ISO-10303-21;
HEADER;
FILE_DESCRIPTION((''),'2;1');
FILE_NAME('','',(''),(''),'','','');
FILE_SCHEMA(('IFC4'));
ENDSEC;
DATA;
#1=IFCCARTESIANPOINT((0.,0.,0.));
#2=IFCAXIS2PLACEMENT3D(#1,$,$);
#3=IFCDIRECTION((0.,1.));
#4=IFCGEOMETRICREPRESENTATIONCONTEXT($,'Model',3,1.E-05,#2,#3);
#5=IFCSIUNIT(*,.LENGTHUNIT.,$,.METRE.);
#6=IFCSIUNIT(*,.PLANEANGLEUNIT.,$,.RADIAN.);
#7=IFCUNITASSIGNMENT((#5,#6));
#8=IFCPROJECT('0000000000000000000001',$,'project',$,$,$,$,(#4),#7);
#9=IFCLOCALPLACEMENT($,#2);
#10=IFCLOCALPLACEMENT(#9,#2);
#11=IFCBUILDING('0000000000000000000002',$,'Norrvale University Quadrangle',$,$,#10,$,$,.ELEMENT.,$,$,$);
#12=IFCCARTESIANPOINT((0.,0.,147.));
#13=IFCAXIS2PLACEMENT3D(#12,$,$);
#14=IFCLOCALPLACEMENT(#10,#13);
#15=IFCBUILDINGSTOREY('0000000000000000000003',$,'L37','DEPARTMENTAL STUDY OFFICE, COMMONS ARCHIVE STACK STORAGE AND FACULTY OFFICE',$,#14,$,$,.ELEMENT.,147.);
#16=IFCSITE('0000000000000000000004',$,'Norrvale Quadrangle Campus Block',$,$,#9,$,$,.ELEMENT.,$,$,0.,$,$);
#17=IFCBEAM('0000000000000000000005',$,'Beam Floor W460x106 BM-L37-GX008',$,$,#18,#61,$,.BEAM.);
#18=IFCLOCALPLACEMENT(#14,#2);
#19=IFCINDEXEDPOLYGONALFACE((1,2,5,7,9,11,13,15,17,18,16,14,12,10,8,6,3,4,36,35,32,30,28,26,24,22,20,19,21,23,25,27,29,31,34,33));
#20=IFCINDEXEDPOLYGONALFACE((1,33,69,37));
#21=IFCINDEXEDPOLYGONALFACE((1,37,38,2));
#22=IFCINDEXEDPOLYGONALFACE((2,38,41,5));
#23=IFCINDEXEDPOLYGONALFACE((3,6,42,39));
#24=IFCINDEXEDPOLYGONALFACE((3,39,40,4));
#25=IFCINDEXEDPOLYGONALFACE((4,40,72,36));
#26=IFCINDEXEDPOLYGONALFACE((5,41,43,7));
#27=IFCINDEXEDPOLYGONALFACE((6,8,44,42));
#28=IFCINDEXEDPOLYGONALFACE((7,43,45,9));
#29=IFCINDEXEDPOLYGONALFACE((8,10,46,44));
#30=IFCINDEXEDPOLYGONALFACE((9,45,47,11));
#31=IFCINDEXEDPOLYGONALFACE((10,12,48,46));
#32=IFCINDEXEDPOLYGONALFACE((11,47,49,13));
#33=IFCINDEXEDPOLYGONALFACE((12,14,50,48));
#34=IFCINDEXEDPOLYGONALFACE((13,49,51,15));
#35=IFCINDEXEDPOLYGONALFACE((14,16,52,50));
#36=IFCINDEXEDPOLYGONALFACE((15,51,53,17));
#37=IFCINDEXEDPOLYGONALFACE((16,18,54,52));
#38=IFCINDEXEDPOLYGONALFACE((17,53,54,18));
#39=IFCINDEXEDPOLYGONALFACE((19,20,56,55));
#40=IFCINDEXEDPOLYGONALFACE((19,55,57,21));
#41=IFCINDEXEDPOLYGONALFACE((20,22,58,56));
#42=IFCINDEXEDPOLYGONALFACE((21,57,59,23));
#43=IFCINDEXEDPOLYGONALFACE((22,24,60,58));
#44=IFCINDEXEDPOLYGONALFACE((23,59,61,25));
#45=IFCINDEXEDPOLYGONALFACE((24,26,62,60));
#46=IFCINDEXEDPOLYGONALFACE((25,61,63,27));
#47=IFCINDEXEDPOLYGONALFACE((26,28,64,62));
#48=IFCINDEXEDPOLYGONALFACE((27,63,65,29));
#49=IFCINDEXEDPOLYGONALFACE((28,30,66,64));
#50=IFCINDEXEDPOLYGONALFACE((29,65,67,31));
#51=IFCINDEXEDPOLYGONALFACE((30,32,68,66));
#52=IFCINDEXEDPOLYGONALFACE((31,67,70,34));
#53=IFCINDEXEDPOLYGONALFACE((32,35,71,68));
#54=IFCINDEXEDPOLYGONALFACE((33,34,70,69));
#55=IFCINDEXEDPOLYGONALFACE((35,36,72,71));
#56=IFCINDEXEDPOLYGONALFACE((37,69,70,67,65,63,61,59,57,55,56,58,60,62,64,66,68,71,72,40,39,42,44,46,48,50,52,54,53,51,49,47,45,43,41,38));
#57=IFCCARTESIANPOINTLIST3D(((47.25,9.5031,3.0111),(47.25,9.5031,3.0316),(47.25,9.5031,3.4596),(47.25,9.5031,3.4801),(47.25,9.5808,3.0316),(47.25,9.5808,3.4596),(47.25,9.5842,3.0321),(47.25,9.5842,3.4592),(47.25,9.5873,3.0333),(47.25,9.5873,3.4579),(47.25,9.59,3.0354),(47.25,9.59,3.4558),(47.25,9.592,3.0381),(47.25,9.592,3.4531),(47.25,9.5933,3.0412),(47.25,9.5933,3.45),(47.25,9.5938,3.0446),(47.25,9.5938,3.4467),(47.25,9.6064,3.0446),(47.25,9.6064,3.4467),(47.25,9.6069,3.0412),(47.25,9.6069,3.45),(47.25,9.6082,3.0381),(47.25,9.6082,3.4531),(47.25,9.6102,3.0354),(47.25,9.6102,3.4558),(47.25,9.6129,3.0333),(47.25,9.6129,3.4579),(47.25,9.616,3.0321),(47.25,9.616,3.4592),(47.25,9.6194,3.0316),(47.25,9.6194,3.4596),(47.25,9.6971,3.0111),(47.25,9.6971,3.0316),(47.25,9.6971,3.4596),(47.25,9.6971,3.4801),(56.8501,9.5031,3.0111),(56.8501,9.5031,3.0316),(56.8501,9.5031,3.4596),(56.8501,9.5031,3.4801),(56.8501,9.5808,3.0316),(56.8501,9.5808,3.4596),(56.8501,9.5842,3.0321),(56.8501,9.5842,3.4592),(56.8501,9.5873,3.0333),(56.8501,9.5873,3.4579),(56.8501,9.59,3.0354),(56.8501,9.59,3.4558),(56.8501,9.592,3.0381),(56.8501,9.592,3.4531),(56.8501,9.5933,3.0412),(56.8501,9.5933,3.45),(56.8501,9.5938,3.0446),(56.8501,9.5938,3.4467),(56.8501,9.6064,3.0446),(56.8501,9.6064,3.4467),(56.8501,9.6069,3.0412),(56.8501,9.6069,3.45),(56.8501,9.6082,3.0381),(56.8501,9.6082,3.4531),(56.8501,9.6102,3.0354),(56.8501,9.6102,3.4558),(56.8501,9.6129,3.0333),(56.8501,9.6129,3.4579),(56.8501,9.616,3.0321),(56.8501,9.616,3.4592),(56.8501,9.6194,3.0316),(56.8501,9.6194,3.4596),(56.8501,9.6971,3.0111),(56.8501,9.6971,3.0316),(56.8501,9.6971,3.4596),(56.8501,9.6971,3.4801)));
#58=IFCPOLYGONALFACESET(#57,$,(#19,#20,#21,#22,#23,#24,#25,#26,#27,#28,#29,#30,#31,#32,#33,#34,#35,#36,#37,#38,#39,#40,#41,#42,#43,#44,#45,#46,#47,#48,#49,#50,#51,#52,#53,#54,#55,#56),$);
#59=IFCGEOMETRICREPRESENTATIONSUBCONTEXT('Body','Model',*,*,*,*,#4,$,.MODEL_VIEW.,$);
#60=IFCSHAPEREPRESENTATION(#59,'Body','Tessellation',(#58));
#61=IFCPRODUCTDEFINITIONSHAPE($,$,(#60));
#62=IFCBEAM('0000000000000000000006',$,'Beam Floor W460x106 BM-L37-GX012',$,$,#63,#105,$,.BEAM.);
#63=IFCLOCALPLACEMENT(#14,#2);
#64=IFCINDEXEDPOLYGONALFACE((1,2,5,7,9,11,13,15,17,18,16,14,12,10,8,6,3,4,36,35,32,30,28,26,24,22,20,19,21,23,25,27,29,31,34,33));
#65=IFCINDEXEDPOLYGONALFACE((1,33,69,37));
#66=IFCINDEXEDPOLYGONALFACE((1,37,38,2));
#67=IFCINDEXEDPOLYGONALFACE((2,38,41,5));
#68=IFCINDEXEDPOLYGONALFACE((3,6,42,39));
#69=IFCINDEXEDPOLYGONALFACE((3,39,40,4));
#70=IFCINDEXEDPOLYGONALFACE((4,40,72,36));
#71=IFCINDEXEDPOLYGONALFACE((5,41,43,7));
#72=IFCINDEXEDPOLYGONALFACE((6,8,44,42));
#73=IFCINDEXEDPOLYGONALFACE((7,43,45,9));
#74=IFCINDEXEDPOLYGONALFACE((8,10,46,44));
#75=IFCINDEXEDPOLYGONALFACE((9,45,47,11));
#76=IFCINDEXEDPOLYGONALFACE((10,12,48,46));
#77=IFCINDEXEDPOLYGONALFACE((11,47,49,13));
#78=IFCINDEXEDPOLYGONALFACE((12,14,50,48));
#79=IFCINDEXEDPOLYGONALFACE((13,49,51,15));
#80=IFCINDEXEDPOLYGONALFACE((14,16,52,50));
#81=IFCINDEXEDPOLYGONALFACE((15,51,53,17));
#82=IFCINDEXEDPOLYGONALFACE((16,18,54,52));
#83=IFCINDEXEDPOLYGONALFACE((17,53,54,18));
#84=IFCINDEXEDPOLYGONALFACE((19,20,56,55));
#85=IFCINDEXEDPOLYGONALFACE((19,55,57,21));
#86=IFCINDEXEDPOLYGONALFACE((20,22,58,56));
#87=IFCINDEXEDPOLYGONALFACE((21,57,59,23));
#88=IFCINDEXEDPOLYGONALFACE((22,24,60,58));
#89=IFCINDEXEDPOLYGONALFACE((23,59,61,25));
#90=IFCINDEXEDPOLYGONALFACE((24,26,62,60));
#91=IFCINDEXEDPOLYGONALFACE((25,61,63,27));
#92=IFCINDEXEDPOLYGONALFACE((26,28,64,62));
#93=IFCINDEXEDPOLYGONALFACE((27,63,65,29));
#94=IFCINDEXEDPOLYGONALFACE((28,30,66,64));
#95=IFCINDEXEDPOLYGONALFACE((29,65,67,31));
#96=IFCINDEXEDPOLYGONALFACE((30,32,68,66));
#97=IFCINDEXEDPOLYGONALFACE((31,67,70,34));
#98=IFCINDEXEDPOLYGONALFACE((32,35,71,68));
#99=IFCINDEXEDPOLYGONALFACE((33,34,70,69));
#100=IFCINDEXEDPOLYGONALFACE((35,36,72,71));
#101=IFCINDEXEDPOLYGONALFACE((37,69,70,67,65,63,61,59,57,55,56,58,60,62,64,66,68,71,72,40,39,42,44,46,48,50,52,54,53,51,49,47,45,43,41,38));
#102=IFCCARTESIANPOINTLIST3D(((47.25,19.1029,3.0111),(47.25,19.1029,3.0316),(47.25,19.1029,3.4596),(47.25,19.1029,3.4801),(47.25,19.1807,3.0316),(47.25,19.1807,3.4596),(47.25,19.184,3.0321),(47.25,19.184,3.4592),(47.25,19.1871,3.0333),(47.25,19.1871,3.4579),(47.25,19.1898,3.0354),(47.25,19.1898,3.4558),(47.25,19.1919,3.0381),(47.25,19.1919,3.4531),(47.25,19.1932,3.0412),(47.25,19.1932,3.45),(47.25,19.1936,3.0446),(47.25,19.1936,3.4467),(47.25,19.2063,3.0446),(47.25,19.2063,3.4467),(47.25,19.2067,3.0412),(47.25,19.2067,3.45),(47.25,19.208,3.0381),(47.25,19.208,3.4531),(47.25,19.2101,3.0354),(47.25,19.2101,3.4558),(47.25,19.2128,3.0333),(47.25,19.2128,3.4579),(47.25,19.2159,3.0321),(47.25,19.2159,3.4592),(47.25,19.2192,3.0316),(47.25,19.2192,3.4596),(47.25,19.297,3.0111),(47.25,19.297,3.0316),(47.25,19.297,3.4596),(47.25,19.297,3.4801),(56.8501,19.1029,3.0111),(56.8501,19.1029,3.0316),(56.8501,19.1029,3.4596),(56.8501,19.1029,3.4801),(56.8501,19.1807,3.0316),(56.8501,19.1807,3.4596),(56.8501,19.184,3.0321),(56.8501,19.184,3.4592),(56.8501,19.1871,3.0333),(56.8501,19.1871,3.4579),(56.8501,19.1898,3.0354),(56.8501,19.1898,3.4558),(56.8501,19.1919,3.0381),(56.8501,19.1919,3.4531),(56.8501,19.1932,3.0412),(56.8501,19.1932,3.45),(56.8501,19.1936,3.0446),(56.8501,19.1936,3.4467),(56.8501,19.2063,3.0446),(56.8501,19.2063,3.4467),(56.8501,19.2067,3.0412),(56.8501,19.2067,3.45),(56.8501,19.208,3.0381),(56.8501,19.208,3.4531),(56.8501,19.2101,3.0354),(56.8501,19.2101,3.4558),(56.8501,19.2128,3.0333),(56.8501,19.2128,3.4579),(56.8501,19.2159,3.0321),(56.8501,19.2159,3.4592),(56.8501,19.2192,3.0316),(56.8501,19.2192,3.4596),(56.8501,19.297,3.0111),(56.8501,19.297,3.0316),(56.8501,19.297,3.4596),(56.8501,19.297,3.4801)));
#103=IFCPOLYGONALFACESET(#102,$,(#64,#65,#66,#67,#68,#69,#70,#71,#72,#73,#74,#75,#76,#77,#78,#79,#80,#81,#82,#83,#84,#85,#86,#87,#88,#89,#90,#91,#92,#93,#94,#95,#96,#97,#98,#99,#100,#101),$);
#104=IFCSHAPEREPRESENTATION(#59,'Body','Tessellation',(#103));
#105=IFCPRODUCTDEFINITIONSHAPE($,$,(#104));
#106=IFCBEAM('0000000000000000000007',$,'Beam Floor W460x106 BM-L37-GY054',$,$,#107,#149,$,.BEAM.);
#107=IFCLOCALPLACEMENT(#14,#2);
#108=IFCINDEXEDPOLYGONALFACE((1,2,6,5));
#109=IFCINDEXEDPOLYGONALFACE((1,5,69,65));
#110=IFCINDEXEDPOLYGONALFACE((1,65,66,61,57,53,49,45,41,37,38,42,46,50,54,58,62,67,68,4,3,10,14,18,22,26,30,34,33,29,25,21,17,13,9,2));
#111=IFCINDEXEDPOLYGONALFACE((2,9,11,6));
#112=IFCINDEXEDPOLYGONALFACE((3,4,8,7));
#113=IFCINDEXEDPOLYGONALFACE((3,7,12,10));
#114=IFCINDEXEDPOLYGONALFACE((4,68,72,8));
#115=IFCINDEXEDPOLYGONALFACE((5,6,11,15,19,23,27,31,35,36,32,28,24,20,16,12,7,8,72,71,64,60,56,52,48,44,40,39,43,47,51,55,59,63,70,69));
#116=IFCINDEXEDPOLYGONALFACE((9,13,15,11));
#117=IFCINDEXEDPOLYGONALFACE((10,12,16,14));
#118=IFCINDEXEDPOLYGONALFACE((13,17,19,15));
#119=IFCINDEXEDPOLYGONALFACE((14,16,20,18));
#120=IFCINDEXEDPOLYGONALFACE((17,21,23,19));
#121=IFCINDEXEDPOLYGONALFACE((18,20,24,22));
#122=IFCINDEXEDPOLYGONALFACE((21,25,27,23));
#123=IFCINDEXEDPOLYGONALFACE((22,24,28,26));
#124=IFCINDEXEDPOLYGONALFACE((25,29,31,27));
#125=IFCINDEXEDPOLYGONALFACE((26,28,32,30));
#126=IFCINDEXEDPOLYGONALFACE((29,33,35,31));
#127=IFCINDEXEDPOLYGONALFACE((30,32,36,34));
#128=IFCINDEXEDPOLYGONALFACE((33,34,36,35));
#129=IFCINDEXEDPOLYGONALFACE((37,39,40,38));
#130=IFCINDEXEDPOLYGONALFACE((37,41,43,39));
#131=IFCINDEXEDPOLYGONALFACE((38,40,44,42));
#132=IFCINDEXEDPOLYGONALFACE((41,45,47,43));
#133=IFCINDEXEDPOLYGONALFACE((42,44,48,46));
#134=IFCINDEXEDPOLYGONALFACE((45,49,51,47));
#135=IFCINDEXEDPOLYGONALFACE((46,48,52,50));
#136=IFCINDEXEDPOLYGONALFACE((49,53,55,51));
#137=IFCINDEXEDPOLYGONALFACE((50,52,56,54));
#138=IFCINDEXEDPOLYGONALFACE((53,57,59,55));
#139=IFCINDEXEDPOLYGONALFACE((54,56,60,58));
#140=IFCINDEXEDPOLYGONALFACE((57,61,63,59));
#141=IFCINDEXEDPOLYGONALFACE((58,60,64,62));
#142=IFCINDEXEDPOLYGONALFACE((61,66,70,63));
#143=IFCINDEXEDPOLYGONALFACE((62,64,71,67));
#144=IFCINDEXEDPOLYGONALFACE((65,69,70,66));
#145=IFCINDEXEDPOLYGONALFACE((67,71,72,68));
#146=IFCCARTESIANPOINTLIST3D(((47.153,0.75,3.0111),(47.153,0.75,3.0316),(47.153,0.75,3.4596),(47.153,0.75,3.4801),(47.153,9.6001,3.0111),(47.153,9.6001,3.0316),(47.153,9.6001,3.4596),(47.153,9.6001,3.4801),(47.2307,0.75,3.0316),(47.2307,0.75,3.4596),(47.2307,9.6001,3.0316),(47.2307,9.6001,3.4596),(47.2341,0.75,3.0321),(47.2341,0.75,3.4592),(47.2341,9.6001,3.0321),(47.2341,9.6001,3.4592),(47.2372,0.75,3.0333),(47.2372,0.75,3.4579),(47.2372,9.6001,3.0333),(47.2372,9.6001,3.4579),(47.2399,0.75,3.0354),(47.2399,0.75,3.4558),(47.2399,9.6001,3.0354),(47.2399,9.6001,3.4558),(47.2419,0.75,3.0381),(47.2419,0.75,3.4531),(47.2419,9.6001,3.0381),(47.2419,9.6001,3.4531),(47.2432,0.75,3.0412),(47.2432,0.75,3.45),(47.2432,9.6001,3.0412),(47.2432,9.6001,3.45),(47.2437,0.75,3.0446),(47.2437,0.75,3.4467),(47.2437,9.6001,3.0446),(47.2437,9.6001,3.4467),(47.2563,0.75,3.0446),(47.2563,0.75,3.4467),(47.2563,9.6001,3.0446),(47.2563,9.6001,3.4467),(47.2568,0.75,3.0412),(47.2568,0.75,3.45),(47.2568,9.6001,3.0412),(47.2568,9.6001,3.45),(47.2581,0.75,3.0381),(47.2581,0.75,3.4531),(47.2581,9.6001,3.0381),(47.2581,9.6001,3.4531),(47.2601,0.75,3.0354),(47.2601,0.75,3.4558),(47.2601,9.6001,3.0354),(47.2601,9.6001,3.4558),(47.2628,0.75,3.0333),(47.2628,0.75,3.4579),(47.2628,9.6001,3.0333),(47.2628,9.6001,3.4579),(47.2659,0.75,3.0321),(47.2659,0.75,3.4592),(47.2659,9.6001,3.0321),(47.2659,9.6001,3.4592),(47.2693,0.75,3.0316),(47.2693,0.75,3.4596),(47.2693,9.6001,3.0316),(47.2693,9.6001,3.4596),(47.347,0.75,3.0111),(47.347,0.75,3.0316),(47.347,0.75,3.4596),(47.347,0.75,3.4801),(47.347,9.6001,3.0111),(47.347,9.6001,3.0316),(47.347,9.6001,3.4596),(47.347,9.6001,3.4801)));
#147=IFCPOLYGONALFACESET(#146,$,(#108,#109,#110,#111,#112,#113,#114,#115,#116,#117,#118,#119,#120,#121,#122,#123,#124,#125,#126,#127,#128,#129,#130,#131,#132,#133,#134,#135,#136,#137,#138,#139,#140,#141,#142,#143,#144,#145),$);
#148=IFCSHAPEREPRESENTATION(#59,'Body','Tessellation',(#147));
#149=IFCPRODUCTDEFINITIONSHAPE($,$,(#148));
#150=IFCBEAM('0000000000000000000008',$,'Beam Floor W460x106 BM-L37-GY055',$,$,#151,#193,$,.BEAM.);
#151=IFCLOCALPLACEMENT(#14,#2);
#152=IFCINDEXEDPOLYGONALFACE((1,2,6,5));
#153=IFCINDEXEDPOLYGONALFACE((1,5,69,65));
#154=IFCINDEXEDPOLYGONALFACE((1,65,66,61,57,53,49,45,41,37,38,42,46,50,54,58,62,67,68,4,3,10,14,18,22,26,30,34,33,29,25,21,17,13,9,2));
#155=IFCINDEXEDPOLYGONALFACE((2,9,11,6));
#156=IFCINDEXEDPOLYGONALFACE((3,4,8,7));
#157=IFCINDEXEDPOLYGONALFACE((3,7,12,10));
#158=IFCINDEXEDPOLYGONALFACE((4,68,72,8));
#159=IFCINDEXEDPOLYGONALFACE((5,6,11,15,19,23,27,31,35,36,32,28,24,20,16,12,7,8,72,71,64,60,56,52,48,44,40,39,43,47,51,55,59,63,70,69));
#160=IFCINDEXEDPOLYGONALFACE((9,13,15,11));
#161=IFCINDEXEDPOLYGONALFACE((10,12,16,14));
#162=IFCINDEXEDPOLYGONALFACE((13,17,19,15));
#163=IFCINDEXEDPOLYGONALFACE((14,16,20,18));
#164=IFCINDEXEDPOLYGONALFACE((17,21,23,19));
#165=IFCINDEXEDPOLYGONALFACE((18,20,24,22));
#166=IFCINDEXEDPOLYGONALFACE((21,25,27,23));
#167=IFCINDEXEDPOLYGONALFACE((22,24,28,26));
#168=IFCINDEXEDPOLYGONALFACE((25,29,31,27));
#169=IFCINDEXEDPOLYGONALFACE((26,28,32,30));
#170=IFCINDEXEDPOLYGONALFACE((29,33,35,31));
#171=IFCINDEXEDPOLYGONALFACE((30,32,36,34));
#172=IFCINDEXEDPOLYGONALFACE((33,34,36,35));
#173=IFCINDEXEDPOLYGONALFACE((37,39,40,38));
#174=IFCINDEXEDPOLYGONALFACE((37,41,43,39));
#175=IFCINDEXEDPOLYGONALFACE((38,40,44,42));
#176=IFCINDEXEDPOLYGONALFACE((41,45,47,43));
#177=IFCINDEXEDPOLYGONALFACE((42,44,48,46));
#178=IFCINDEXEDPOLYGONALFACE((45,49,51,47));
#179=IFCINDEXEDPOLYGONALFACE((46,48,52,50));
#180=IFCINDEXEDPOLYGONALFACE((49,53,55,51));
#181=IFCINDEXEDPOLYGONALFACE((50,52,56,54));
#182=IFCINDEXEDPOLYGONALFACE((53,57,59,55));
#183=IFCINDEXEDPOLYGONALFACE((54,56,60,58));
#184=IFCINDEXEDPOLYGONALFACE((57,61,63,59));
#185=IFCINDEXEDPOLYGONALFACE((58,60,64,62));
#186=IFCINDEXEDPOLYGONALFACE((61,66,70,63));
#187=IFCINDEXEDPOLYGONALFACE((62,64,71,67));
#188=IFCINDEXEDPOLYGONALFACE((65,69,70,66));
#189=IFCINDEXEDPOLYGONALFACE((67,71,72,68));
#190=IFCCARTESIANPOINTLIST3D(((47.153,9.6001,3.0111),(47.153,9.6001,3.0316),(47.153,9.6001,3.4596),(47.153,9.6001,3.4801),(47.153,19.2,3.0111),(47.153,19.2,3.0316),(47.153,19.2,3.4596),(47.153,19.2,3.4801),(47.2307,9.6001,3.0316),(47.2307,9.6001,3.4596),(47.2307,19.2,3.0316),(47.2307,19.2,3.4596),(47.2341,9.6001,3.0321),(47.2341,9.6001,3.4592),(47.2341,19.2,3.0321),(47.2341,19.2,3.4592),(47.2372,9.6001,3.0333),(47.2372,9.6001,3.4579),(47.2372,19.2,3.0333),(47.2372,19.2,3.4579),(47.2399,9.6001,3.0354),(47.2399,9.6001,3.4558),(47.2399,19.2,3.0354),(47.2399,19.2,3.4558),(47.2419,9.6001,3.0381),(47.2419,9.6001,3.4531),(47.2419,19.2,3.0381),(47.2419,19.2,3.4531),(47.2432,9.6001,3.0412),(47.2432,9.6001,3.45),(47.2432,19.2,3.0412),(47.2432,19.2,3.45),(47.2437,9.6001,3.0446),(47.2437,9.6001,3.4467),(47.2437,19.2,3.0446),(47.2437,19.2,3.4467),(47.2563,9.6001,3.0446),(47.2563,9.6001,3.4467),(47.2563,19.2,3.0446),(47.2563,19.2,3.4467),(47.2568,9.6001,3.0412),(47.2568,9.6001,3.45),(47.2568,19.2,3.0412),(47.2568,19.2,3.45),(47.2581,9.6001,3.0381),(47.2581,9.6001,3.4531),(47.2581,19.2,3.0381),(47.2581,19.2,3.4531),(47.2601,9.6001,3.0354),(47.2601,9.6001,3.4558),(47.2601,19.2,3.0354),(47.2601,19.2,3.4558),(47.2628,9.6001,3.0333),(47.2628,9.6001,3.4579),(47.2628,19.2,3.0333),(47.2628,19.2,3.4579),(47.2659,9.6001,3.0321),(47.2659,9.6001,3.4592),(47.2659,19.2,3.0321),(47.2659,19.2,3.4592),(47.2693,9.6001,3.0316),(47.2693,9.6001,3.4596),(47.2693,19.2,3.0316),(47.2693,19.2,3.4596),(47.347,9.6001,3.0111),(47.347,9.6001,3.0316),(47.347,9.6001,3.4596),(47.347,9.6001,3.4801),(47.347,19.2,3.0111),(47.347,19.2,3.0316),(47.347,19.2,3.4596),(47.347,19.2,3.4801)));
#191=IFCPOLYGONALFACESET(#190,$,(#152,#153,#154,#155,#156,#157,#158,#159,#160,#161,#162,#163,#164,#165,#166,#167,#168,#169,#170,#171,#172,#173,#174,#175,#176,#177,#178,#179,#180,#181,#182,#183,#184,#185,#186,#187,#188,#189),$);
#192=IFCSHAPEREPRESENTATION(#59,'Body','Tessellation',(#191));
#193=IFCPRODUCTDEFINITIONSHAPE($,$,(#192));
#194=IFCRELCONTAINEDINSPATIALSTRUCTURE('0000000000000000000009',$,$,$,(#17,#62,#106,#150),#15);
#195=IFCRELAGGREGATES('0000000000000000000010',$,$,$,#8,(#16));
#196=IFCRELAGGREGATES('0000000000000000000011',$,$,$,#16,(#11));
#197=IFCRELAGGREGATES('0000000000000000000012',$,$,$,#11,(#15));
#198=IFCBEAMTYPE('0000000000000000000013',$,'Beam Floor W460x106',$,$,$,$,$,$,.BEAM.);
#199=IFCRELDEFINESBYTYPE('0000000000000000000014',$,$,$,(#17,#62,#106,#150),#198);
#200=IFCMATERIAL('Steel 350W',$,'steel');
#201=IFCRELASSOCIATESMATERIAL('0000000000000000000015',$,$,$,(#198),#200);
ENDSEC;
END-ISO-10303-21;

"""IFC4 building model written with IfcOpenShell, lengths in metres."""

from ifc_helpers import new_model, si_unit, direction, frame, origin, origin_2d, place, context, subcontext, project, spatial, i_section, extrude, material, material_profile, profile_set, type_object, element, save


model = new_model("IFC4")

# Units and contexts
model_context = context("Model", 3, precision=1e-05, world=origin(), true_north=direction((0.0, 1.0)))
body_context = subcontext(model_context, "Body", "Model", "MODEL_VIEW")
ifc_project = project(units=[si_unit("LENGTHUNIT", "METRE"), si_unit("PLANEANGLEUNIT", "RADIAN")], contexts=[model_context])

# Site, building, storey
site_placement = place(None, origin())
site = spatial("IfcSite", under=ifc_project, at=site_placement, Name="Norrvale Quadrangle Campus Block", CompositionType="ELEMENT", RefElevation=0.0)
building_placement = place(site_placement, origin())
building = spatial("IfcBuilding", under=site, at=building_placement, Name="Norrvale University Quadrangle", CompositionType="ELEMENT")
storey_placement = place(building_placement, frame((0.0, 0.0, 147.0)))
storey = spatial("IfcBuildingStorey", under=building, at=storey_placement, Name="L37", Description="DEPARTMENTAL STUDY OFFICE, COMMONS ARCHIVE STACK STORAGE AND FACULTY OFFICE", CompositionType="ELEMENT", Elevation=147.0)

# Beams
ifc_material_1 = material(Name="Steel 350W", Category="steel")
ifc_material_profile_1 = material_profile(ifc_material_1, i_section(OverallWidth=0.1941, OverallDepth=0.469, WebThickness=0.0127, FlangeThickness=0.0205, FilletRadius=0.0129, at=origin_2d()), Name="Steel 350W")
ifc_profile_set_1 = profile_set([ifc_material_profile_1], Name="Steel 350W")
beam_type_1 = type_object("IfcBeamType", Name="Beam Floor W460x106", PredefinedType="BEAM", material=ifc_profile_set_1)
for number, where, z_axis, x_axis, name in (
    (1, (47.25, 9.6001, 3.2456), (1.0, 0.0, 0.0), (0.0, 1.0, 0.0), "Beam Floor W460x106 BM-L37-GX008"),
    (2, (47.25, 19.2, 3.2456), (1.0, 0.0, 0.0), (0.0, 1.0, 0.0), "Beam Floor W460x106 BM-L37-GX012"),
):
    element("IfcBeam", number, at=place(storey_placement, frame(where, z_axis=z_axis, x_axis=x_axis)), inside=storey, type_object=beam_type_1, Name=name, PredefinedType="BEAM", context=body_context, shape_type="SweptSolid", body=[
        extrude(i_section(OverallWidth=0.1941, OverallDepth=0.469, WebThickness=0.0127, FlangeThickness=0.0205, FilletRadius=0.0129, at=origin_2d()), origin(), (0.0, 0.0, 1.0), 9.6001),
    ])
beam_1_placement = place(storey_placement, frame((47.25, 0.75, 3.2456), z_axis=(0.0, 1.0, 0.0), x_axis=(-1.0, 0.0, 0.0)))
element("IfcBeam", 3, at=beam_1_placement, inside=storey, type_object=beam_type_1, Name="Beam Floor W460x106 BM-L37-GY054", PredefinedType="BEAM", context=body_context, shape_type="SweptSolid", body=[
    extrude(i_section(OverallWidth=0.1941, OverallDepth=0.469, WebThickness=0.0127, FlangeThickness=0.0205, FilletRadius=0.0129, at=origin_2d()), origin(), (0.0, 0.0, 1.0), 8.8501),
])
beam_2_placement = place(storey_placement, frame((47.25, 9.6001, 3.2456), z_axis=(0.0, 1.0, 0.0), x_axis=(-1.0, 0.0, 0.0)))
element("IfcBeam", 4, at=beam_2_placement, inside=storey, type_object=beam_type_1, Name="Beam Floor W460x106 BM-L37-GY055", PredefinedType="BEAM", context=body_context, shape_type="SweptSolid", body=[
    extrude(i_section(OverallWidth=0.1941, OverallDepth=0.469, WebThickness=0.0127, FlangeThickness=0.0205, FilletRadius=0.0129, at=origin_2d()), origin(), (0.0, 0.0, 1.0), 9.5999),
])

save(model, "model.ifc")
